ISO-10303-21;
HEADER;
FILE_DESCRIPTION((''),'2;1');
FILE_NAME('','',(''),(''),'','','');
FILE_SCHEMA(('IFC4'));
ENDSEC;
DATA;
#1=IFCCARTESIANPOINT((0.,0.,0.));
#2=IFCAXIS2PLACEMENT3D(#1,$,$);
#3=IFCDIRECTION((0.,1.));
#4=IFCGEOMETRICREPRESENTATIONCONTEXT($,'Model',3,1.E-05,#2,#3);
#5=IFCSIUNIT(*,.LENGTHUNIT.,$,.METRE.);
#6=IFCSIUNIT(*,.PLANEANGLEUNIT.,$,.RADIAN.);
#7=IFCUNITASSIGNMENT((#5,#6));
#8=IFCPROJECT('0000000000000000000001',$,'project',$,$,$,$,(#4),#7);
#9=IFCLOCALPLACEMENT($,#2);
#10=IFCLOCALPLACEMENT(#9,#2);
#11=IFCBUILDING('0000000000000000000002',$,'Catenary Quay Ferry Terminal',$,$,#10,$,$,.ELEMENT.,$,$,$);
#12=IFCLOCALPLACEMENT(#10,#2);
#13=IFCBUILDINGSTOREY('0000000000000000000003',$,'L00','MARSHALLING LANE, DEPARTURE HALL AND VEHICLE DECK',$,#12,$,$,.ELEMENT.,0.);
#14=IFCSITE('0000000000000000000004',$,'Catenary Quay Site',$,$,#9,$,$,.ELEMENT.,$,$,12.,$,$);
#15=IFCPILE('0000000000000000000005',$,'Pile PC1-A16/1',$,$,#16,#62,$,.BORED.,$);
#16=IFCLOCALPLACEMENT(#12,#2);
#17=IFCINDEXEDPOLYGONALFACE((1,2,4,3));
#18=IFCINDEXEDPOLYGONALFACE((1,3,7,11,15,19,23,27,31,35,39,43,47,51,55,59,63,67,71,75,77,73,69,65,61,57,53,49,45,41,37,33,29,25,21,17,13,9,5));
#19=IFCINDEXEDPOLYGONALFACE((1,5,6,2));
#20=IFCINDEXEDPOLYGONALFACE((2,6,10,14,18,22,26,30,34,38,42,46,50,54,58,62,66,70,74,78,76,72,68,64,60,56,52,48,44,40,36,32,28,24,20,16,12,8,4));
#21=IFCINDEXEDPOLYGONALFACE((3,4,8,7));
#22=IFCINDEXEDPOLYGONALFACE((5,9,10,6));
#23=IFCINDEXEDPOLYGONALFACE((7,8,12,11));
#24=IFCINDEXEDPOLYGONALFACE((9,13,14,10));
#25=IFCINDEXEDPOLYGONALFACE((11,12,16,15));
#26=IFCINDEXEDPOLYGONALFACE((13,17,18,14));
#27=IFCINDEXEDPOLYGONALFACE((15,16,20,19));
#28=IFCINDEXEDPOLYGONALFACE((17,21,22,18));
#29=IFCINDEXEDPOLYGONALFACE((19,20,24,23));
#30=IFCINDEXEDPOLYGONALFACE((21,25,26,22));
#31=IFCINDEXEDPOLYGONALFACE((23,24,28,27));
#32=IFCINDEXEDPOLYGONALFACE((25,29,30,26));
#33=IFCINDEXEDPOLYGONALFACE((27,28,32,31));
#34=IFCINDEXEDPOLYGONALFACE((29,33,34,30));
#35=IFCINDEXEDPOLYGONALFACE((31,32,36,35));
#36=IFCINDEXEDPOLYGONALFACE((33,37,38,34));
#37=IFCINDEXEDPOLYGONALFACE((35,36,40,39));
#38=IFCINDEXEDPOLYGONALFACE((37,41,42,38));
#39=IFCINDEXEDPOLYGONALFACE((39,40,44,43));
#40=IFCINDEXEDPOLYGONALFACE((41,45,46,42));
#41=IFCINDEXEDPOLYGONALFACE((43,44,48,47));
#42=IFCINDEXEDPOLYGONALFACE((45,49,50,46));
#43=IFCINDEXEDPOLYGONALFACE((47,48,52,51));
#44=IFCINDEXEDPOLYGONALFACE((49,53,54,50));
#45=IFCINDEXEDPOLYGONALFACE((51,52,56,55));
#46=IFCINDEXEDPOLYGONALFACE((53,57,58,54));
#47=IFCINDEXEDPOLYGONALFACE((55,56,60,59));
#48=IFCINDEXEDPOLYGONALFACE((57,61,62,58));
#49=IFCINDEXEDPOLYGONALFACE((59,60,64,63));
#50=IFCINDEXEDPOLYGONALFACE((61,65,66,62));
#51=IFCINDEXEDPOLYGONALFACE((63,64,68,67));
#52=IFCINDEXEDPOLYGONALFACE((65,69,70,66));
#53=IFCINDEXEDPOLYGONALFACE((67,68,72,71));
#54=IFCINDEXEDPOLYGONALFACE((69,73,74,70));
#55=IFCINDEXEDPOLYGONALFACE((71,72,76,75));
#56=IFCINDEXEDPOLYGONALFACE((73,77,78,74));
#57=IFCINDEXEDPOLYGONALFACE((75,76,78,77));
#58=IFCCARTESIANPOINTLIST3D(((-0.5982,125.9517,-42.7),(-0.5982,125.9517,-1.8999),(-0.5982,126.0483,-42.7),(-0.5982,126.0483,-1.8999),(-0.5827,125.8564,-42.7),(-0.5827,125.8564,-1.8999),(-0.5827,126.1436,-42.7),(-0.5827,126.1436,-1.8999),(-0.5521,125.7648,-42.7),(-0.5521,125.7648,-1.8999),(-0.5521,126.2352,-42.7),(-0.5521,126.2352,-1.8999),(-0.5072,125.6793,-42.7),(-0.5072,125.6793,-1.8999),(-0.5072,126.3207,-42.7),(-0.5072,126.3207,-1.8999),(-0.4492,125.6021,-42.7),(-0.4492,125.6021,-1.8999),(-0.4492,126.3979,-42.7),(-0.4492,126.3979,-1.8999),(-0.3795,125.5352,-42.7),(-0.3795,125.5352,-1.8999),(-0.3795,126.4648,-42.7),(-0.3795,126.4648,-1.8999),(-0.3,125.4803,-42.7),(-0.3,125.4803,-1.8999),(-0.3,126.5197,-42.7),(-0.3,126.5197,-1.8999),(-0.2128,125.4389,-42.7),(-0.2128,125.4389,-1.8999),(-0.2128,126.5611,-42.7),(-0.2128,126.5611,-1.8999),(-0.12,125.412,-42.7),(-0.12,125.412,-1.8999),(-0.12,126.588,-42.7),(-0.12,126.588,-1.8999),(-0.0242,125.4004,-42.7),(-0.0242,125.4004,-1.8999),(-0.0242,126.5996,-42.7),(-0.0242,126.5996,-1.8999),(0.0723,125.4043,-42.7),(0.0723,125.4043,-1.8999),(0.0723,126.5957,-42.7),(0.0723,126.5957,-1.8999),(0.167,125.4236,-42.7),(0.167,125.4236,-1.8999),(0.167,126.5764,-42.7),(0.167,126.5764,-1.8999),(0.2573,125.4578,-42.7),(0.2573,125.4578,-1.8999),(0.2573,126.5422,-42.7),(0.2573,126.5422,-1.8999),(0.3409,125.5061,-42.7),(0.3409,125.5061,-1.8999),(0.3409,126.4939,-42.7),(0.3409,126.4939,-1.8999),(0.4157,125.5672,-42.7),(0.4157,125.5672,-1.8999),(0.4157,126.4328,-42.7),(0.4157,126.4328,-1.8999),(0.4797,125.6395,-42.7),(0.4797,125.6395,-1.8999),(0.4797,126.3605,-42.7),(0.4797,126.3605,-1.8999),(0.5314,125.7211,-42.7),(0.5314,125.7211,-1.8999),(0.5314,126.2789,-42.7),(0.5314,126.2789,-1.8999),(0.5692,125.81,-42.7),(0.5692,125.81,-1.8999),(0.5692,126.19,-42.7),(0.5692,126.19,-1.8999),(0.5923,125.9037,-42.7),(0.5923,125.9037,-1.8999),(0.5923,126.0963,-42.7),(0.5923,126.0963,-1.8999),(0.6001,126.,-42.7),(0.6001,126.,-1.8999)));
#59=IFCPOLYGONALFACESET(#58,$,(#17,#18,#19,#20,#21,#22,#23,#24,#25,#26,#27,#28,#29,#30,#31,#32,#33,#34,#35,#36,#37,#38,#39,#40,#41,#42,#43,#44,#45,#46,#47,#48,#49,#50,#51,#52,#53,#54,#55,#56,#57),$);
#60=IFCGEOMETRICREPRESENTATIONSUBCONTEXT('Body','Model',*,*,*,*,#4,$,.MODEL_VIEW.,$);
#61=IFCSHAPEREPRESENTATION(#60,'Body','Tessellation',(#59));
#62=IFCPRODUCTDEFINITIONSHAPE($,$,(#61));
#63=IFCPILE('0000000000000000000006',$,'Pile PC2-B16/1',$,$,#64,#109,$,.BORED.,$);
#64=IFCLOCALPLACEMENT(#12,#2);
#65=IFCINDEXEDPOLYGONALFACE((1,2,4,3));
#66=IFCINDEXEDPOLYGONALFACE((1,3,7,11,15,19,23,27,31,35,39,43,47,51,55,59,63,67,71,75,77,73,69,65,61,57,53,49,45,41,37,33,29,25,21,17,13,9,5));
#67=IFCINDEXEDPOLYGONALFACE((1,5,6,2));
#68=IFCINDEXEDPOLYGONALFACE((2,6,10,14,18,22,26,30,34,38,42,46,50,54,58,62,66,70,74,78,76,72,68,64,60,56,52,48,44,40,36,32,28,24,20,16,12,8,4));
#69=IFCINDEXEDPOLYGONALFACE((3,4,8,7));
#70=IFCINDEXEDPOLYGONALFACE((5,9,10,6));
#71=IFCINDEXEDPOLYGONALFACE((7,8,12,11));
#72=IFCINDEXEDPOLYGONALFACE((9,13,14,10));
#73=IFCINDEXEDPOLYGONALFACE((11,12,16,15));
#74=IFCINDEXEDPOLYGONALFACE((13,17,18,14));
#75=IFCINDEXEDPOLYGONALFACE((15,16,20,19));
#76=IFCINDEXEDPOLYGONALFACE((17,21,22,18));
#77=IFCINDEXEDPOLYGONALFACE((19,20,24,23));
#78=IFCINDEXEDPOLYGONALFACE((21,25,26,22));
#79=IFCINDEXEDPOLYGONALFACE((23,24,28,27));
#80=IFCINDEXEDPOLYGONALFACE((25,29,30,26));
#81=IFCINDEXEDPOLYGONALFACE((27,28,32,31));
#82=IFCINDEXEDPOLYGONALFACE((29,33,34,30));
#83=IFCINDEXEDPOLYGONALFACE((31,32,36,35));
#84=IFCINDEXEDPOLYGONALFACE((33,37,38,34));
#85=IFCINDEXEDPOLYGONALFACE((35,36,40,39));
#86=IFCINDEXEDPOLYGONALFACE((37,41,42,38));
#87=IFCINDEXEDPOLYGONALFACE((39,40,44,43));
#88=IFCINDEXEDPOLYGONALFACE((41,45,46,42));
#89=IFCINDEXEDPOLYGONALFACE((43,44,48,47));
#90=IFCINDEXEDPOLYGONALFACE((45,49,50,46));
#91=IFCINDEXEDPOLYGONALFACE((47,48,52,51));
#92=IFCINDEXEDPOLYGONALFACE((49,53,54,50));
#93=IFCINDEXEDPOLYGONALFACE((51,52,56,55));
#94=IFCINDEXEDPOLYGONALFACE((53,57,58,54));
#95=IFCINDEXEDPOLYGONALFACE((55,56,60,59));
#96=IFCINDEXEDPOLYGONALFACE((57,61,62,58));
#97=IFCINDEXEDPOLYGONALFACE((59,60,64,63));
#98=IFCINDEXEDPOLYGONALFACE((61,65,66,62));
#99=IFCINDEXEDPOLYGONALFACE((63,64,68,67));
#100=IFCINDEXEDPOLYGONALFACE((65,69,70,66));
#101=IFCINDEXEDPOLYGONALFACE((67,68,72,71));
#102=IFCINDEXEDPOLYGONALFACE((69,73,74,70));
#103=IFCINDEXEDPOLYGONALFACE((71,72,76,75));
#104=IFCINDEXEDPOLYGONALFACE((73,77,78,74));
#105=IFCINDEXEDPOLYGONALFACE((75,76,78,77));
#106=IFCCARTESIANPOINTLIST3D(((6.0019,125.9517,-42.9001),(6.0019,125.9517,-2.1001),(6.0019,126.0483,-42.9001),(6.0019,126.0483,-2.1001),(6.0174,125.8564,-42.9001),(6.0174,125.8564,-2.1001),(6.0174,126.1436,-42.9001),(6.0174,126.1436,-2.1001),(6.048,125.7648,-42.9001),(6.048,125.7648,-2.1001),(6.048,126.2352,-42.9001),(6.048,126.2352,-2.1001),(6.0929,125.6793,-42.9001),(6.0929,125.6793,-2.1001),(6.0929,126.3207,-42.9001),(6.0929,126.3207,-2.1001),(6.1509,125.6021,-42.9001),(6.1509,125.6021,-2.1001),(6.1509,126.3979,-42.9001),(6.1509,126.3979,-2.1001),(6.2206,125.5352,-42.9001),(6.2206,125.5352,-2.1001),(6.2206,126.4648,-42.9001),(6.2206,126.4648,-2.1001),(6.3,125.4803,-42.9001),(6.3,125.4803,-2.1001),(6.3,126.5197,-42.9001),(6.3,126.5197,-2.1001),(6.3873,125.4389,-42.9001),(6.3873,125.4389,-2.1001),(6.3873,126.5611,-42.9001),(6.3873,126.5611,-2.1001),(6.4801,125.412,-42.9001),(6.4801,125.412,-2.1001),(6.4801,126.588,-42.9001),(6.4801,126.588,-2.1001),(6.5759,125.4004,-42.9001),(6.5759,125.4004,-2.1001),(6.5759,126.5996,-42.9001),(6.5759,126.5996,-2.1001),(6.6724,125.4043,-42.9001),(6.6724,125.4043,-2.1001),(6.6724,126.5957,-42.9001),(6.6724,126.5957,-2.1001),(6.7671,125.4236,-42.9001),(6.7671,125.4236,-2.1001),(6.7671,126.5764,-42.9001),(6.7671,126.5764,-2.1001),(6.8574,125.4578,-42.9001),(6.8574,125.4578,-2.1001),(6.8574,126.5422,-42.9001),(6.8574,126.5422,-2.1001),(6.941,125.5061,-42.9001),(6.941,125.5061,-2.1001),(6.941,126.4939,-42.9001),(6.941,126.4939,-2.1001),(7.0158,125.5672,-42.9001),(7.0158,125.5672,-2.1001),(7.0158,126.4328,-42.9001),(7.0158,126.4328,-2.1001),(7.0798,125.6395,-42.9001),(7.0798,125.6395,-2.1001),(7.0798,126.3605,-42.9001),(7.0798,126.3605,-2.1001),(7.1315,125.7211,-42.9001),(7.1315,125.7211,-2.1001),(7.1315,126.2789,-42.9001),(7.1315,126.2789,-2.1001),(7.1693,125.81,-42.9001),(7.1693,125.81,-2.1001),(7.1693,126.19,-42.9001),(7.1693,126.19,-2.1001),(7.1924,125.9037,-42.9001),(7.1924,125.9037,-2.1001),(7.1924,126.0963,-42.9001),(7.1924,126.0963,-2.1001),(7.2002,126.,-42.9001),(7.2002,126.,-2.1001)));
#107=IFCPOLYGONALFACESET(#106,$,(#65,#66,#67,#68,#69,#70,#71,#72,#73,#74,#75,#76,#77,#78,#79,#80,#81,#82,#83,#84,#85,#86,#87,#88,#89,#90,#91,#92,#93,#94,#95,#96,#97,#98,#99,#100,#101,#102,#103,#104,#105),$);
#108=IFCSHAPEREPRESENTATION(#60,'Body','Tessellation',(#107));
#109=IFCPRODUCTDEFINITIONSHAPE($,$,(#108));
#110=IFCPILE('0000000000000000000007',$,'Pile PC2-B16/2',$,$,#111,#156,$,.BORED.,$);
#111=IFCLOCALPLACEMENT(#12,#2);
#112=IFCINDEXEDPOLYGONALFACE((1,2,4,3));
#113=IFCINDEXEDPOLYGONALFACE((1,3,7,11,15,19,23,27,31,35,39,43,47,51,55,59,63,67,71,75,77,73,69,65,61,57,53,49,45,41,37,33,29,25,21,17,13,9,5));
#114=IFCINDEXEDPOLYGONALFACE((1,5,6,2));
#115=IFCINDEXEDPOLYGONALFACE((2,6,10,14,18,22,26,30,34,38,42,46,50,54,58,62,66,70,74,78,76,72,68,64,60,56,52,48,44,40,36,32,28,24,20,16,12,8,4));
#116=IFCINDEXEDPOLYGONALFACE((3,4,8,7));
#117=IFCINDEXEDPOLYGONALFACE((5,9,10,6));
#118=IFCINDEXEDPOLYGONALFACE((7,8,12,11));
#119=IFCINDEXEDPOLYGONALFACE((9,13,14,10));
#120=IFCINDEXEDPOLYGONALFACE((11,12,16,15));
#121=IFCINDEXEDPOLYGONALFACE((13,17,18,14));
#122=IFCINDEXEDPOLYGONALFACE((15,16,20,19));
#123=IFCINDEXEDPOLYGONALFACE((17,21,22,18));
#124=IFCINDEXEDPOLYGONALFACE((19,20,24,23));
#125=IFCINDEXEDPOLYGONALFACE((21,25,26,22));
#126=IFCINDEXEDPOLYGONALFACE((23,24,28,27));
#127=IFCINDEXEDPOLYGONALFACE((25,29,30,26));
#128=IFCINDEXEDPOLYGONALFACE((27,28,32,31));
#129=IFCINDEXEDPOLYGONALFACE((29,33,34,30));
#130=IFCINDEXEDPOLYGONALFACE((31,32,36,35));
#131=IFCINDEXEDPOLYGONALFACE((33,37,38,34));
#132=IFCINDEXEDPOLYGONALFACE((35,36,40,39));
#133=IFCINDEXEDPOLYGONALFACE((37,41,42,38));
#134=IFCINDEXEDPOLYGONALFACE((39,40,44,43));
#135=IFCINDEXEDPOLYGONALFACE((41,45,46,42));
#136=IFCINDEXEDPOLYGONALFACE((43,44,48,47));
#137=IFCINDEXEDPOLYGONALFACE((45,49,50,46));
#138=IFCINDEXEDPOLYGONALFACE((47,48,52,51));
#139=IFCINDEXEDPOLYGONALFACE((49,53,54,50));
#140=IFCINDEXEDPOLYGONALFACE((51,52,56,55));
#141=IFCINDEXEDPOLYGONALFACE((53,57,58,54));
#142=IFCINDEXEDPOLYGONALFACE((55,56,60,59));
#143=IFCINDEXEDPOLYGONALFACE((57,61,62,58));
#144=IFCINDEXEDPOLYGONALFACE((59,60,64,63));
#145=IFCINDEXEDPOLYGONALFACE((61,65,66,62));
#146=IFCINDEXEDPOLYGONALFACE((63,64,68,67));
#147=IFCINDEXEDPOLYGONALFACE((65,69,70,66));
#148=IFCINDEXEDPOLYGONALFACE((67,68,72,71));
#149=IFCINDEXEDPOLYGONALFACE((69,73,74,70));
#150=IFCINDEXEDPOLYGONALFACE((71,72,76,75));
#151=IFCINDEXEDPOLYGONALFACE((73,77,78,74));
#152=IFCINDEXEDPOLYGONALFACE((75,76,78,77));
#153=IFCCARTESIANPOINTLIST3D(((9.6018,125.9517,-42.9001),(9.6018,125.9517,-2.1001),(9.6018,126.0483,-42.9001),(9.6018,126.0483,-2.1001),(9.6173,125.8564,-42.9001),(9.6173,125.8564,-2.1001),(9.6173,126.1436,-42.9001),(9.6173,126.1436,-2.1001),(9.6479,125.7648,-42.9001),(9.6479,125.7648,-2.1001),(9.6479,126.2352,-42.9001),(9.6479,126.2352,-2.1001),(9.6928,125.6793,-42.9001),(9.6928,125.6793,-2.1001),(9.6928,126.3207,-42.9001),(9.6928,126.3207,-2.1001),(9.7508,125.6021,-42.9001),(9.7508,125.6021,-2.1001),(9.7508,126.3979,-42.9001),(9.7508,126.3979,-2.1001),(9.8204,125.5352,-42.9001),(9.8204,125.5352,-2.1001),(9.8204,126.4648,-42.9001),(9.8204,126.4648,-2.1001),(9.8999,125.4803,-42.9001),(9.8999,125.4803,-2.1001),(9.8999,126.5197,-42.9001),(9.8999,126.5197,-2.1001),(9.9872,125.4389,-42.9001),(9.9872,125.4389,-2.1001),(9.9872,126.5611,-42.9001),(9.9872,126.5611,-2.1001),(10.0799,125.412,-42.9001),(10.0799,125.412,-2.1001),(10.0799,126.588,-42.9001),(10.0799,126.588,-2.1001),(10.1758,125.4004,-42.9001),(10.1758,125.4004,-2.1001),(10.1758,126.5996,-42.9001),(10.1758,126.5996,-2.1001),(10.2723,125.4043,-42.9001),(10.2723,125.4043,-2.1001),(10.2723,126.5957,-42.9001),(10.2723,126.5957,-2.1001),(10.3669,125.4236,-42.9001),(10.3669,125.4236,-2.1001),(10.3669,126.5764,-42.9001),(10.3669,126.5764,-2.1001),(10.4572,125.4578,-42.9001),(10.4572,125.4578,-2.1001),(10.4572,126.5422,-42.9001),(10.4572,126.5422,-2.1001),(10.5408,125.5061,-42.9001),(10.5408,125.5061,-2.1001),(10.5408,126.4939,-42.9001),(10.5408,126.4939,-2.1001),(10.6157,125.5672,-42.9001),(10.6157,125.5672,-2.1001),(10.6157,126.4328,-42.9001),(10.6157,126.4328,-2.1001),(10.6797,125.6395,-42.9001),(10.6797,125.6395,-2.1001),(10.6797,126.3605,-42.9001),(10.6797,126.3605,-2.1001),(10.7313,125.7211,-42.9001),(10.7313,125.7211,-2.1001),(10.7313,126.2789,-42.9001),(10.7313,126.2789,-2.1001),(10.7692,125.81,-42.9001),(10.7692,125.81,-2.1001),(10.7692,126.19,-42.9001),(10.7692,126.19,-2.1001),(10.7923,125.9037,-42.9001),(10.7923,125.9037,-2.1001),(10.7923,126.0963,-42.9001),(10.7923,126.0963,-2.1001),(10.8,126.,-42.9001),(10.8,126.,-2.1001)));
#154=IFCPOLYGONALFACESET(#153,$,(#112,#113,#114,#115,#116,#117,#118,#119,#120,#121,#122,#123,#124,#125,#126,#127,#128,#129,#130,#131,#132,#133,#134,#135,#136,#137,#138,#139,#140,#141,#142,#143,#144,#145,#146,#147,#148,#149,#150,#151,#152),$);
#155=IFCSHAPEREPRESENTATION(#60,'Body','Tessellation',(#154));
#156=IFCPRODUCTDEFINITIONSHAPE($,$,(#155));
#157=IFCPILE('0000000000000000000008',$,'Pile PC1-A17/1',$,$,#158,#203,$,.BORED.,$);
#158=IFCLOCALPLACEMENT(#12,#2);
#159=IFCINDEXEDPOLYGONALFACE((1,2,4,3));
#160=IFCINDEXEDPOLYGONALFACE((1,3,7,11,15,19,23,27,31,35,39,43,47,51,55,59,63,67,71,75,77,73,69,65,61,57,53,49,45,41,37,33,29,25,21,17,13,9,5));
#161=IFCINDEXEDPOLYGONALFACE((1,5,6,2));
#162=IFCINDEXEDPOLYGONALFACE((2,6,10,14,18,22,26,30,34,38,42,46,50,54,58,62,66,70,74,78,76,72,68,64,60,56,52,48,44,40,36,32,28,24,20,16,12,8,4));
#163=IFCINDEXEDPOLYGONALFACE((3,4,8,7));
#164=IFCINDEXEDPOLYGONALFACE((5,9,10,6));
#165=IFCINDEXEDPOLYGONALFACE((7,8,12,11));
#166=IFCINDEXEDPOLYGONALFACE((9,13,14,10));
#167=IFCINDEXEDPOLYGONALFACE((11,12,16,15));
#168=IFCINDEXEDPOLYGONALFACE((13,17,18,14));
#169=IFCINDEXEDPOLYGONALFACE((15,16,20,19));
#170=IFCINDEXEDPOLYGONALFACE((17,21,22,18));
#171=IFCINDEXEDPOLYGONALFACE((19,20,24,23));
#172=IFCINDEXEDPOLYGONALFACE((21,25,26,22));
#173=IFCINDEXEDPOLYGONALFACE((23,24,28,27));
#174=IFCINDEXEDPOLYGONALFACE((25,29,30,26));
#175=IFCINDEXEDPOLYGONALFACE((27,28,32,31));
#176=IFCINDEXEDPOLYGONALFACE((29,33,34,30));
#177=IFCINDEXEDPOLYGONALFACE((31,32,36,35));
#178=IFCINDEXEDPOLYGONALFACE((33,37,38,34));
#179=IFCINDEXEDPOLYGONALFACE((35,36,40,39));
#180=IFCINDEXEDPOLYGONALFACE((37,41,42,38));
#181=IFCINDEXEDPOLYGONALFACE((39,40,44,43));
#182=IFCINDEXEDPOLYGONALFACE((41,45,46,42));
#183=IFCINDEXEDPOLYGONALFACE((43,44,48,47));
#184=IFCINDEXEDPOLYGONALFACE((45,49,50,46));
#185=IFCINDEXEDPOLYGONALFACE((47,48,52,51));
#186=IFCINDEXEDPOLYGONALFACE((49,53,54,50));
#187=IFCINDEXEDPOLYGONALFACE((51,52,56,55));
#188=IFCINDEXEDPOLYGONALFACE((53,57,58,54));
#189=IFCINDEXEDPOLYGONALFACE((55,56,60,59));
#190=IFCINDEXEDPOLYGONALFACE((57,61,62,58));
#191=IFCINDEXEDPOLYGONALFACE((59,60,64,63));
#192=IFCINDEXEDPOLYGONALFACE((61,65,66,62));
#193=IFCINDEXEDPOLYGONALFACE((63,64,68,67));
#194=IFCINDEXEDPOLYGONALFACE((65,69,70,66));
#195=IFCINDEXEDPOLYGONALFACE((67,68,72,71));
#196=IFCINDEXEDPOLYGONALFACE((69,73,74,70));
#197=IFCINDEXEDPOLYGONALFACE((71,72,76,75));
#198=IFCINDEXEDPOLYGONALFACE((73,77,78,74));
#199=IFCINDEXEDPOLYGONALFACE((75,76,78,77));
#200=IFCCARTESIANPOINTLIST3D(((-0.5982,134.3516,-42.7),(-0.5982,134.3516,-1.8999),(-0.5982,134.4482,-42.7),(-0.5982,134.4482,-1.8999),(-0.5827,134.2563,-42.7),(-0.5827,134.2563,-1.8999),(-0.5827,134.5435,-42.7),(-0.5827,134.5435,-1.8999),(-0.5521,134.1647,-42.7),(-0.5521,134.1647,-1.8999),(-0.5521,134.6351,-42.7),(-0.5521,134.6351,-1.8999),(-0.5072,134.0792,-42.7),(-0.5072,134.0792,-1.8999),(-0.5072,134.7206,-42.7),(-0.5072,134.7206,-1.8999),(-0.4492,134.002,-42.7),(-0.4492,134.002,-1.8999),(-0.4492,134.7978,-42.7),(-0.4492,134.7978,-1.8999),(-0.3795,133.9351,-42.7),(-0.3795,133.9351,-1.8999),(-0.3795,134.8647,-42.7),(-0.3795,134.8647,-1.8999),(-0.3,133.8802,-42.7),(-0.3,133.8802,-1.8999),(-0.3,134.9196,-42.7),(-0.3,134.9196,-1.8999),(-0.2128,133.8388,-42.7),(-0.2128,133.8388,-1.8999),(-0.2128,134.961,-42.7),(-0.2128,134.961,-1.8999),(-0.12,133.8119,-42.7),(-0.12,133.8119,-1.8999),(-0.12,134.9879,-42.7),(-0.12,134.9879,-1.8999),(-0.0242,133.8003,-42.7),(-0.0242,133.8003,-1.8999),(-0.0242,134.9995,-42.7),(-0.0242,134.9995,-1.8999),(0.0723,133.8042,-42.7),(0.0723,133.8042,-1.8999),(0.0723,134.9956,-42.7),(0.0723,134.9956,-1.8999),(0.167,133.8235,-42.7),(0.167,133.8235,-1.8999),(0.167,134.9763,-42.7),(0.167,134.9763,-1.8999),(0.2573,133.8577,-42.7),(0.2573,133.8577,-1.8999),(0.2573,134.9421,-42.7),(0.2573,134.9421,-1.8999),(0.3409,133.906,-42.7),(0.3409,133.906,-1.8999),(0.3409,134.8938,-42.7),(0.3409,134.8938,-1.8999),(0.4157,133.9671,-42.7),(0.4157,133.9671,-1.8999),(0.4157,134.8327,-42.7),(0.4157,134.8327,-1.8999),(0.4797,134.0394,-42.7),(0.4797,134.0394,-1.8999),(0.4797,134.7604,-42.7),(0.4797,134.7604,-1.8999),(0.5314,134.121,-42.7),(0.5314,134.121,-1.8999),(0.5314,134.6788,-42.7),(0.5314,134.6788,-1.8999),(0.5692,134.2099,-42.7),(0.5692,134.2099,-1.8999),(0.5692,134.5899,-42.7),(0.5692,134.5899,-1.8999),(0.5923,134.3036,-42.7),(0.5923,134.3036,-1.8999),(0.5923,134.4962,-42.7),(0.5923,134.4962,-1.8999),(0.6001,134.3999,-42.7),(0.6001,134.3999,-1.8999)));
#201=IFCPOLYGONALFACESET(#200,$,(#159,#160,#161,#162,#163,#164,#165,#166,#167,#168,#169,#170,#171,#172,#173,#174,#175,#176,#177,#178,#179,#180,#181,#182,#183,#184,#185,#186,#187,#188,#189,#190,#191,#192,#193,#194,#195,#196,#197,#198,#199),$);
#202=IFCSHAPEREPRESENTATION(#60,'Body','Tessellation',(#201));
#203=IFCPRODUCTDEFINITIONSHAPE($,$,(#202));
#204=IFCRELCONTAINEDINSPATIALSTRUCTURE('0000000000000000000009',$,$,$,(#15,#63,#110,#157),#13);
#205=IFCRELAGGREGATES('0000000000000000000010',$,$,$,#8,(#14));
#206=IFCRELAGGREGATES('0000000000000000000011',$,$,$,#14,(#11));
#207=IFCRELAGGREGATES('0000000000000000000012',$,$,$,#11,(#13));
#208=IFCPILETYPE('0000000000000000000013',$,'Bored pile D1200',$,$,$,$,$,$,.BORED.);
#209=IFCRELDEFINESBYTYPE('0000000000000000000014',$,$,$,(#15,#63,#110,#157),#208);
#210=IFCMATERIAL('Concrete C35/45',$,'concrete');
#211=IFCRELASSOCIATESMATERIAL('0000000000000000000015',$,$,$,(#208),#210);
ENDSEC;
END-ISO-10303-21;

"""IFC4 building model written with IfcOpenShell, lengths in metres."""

from ifc_helpers import new_model, si_unit, direction, frame, origin, origin_2d, place, context, subcontext, project, spatial, circle, extrude, material, material_profile, profile_set, type_object, element, save


model = new_model("IFC4")

# Units and contexts
model_context = context("Model", 3, precision=1e-05, world=origin(), true_north=direction((0.0, 1.0)))
body_context = subcontext(model_context, "Body", "Model", "MODEL_VIEW")
ifc_project = project(units=[si_unit("LENGTHUNIT", "METRE"), si_unit("PLANEANGLEUNIT", "RADIAN")], contexts=[model_context])

# Site, building, storey
site_placement = place(None, origin())
site = spatial("IfcSite", under=ifc_project, at=site_placement, Name="Catenary Quay Site", CompositionType="ELEMENT", RefElevation=12.0)
building_placement = place(site_placement, origin())
building = spatial("IfcBuilding", under=site, at=building_placement, Name="Catenary Quay Ferry Terminal", CompositionType="ELEMENT")
storey_placement = place(building_placement, origin())
storey = spatial("IfcBuildingStorey", under=building, at=storey_placement, Name="L00", Description="MARSHALLING LANE, DEPARTURE HALL AND VEHICLE DECK", CompositionType="ELEMENT", Elevation=0.0)

# Piles
ifc_material_1 = material(Name="Concrete C35/45", Category="concrete")
ifc_material_profile_1 = material_profile(ifc_material_1, circle(Radius=0.6001, at=origin_2d()), Name="D1200")
ifc_profile_set_1 = profile_set([ifc_material_profile_1], Name="Concrete C35/45")
pile_type = type_object("IfcPileType", Name="Bored pile D1200", PredefinedType="BORED", material=ifc_profile_set_1)
for number, where, z_axis, x_axis, name in (
    (1, (0.0, 126.0, -1.8999), (0.0, 0.0, -1.0), (1.0, 0.0, 0.0), "Pile PC1-A16/1"),
    (2, (6.6001, 126.0, -2.1001), (0.0, 0.0, -1.0), (1.0, 0.0, 0.0), "Pile PC2-B16/1"),
    (3, (10.2, 126.0, -2.1001), (0.0, 0.0, -1.0), (1.0, 0.0, 0.0), "Pile PC2-B16/2"),
    (4, (0.0, 134.3999, -1.8999), (0.0, 0.0, -1.0), (1.0, 0.0, 0.0), "Pile PC1-A17/1"),
):
    element("IfcPile", number, at=place(storey_placement, frame(where, z_axis=z_axis, x_axis=x_axis)), inside=storey, type_object=pile_type, Name=name, PredefinedType="BORED", context=body_context, shape_type="SweptSolid", body=[
        extrude(circle(Radius=0.6001, at=origin_2d()), origin(), (0.0, 0.0, 1.0), 40.8),
    ])

save(model, "model.ifc")
